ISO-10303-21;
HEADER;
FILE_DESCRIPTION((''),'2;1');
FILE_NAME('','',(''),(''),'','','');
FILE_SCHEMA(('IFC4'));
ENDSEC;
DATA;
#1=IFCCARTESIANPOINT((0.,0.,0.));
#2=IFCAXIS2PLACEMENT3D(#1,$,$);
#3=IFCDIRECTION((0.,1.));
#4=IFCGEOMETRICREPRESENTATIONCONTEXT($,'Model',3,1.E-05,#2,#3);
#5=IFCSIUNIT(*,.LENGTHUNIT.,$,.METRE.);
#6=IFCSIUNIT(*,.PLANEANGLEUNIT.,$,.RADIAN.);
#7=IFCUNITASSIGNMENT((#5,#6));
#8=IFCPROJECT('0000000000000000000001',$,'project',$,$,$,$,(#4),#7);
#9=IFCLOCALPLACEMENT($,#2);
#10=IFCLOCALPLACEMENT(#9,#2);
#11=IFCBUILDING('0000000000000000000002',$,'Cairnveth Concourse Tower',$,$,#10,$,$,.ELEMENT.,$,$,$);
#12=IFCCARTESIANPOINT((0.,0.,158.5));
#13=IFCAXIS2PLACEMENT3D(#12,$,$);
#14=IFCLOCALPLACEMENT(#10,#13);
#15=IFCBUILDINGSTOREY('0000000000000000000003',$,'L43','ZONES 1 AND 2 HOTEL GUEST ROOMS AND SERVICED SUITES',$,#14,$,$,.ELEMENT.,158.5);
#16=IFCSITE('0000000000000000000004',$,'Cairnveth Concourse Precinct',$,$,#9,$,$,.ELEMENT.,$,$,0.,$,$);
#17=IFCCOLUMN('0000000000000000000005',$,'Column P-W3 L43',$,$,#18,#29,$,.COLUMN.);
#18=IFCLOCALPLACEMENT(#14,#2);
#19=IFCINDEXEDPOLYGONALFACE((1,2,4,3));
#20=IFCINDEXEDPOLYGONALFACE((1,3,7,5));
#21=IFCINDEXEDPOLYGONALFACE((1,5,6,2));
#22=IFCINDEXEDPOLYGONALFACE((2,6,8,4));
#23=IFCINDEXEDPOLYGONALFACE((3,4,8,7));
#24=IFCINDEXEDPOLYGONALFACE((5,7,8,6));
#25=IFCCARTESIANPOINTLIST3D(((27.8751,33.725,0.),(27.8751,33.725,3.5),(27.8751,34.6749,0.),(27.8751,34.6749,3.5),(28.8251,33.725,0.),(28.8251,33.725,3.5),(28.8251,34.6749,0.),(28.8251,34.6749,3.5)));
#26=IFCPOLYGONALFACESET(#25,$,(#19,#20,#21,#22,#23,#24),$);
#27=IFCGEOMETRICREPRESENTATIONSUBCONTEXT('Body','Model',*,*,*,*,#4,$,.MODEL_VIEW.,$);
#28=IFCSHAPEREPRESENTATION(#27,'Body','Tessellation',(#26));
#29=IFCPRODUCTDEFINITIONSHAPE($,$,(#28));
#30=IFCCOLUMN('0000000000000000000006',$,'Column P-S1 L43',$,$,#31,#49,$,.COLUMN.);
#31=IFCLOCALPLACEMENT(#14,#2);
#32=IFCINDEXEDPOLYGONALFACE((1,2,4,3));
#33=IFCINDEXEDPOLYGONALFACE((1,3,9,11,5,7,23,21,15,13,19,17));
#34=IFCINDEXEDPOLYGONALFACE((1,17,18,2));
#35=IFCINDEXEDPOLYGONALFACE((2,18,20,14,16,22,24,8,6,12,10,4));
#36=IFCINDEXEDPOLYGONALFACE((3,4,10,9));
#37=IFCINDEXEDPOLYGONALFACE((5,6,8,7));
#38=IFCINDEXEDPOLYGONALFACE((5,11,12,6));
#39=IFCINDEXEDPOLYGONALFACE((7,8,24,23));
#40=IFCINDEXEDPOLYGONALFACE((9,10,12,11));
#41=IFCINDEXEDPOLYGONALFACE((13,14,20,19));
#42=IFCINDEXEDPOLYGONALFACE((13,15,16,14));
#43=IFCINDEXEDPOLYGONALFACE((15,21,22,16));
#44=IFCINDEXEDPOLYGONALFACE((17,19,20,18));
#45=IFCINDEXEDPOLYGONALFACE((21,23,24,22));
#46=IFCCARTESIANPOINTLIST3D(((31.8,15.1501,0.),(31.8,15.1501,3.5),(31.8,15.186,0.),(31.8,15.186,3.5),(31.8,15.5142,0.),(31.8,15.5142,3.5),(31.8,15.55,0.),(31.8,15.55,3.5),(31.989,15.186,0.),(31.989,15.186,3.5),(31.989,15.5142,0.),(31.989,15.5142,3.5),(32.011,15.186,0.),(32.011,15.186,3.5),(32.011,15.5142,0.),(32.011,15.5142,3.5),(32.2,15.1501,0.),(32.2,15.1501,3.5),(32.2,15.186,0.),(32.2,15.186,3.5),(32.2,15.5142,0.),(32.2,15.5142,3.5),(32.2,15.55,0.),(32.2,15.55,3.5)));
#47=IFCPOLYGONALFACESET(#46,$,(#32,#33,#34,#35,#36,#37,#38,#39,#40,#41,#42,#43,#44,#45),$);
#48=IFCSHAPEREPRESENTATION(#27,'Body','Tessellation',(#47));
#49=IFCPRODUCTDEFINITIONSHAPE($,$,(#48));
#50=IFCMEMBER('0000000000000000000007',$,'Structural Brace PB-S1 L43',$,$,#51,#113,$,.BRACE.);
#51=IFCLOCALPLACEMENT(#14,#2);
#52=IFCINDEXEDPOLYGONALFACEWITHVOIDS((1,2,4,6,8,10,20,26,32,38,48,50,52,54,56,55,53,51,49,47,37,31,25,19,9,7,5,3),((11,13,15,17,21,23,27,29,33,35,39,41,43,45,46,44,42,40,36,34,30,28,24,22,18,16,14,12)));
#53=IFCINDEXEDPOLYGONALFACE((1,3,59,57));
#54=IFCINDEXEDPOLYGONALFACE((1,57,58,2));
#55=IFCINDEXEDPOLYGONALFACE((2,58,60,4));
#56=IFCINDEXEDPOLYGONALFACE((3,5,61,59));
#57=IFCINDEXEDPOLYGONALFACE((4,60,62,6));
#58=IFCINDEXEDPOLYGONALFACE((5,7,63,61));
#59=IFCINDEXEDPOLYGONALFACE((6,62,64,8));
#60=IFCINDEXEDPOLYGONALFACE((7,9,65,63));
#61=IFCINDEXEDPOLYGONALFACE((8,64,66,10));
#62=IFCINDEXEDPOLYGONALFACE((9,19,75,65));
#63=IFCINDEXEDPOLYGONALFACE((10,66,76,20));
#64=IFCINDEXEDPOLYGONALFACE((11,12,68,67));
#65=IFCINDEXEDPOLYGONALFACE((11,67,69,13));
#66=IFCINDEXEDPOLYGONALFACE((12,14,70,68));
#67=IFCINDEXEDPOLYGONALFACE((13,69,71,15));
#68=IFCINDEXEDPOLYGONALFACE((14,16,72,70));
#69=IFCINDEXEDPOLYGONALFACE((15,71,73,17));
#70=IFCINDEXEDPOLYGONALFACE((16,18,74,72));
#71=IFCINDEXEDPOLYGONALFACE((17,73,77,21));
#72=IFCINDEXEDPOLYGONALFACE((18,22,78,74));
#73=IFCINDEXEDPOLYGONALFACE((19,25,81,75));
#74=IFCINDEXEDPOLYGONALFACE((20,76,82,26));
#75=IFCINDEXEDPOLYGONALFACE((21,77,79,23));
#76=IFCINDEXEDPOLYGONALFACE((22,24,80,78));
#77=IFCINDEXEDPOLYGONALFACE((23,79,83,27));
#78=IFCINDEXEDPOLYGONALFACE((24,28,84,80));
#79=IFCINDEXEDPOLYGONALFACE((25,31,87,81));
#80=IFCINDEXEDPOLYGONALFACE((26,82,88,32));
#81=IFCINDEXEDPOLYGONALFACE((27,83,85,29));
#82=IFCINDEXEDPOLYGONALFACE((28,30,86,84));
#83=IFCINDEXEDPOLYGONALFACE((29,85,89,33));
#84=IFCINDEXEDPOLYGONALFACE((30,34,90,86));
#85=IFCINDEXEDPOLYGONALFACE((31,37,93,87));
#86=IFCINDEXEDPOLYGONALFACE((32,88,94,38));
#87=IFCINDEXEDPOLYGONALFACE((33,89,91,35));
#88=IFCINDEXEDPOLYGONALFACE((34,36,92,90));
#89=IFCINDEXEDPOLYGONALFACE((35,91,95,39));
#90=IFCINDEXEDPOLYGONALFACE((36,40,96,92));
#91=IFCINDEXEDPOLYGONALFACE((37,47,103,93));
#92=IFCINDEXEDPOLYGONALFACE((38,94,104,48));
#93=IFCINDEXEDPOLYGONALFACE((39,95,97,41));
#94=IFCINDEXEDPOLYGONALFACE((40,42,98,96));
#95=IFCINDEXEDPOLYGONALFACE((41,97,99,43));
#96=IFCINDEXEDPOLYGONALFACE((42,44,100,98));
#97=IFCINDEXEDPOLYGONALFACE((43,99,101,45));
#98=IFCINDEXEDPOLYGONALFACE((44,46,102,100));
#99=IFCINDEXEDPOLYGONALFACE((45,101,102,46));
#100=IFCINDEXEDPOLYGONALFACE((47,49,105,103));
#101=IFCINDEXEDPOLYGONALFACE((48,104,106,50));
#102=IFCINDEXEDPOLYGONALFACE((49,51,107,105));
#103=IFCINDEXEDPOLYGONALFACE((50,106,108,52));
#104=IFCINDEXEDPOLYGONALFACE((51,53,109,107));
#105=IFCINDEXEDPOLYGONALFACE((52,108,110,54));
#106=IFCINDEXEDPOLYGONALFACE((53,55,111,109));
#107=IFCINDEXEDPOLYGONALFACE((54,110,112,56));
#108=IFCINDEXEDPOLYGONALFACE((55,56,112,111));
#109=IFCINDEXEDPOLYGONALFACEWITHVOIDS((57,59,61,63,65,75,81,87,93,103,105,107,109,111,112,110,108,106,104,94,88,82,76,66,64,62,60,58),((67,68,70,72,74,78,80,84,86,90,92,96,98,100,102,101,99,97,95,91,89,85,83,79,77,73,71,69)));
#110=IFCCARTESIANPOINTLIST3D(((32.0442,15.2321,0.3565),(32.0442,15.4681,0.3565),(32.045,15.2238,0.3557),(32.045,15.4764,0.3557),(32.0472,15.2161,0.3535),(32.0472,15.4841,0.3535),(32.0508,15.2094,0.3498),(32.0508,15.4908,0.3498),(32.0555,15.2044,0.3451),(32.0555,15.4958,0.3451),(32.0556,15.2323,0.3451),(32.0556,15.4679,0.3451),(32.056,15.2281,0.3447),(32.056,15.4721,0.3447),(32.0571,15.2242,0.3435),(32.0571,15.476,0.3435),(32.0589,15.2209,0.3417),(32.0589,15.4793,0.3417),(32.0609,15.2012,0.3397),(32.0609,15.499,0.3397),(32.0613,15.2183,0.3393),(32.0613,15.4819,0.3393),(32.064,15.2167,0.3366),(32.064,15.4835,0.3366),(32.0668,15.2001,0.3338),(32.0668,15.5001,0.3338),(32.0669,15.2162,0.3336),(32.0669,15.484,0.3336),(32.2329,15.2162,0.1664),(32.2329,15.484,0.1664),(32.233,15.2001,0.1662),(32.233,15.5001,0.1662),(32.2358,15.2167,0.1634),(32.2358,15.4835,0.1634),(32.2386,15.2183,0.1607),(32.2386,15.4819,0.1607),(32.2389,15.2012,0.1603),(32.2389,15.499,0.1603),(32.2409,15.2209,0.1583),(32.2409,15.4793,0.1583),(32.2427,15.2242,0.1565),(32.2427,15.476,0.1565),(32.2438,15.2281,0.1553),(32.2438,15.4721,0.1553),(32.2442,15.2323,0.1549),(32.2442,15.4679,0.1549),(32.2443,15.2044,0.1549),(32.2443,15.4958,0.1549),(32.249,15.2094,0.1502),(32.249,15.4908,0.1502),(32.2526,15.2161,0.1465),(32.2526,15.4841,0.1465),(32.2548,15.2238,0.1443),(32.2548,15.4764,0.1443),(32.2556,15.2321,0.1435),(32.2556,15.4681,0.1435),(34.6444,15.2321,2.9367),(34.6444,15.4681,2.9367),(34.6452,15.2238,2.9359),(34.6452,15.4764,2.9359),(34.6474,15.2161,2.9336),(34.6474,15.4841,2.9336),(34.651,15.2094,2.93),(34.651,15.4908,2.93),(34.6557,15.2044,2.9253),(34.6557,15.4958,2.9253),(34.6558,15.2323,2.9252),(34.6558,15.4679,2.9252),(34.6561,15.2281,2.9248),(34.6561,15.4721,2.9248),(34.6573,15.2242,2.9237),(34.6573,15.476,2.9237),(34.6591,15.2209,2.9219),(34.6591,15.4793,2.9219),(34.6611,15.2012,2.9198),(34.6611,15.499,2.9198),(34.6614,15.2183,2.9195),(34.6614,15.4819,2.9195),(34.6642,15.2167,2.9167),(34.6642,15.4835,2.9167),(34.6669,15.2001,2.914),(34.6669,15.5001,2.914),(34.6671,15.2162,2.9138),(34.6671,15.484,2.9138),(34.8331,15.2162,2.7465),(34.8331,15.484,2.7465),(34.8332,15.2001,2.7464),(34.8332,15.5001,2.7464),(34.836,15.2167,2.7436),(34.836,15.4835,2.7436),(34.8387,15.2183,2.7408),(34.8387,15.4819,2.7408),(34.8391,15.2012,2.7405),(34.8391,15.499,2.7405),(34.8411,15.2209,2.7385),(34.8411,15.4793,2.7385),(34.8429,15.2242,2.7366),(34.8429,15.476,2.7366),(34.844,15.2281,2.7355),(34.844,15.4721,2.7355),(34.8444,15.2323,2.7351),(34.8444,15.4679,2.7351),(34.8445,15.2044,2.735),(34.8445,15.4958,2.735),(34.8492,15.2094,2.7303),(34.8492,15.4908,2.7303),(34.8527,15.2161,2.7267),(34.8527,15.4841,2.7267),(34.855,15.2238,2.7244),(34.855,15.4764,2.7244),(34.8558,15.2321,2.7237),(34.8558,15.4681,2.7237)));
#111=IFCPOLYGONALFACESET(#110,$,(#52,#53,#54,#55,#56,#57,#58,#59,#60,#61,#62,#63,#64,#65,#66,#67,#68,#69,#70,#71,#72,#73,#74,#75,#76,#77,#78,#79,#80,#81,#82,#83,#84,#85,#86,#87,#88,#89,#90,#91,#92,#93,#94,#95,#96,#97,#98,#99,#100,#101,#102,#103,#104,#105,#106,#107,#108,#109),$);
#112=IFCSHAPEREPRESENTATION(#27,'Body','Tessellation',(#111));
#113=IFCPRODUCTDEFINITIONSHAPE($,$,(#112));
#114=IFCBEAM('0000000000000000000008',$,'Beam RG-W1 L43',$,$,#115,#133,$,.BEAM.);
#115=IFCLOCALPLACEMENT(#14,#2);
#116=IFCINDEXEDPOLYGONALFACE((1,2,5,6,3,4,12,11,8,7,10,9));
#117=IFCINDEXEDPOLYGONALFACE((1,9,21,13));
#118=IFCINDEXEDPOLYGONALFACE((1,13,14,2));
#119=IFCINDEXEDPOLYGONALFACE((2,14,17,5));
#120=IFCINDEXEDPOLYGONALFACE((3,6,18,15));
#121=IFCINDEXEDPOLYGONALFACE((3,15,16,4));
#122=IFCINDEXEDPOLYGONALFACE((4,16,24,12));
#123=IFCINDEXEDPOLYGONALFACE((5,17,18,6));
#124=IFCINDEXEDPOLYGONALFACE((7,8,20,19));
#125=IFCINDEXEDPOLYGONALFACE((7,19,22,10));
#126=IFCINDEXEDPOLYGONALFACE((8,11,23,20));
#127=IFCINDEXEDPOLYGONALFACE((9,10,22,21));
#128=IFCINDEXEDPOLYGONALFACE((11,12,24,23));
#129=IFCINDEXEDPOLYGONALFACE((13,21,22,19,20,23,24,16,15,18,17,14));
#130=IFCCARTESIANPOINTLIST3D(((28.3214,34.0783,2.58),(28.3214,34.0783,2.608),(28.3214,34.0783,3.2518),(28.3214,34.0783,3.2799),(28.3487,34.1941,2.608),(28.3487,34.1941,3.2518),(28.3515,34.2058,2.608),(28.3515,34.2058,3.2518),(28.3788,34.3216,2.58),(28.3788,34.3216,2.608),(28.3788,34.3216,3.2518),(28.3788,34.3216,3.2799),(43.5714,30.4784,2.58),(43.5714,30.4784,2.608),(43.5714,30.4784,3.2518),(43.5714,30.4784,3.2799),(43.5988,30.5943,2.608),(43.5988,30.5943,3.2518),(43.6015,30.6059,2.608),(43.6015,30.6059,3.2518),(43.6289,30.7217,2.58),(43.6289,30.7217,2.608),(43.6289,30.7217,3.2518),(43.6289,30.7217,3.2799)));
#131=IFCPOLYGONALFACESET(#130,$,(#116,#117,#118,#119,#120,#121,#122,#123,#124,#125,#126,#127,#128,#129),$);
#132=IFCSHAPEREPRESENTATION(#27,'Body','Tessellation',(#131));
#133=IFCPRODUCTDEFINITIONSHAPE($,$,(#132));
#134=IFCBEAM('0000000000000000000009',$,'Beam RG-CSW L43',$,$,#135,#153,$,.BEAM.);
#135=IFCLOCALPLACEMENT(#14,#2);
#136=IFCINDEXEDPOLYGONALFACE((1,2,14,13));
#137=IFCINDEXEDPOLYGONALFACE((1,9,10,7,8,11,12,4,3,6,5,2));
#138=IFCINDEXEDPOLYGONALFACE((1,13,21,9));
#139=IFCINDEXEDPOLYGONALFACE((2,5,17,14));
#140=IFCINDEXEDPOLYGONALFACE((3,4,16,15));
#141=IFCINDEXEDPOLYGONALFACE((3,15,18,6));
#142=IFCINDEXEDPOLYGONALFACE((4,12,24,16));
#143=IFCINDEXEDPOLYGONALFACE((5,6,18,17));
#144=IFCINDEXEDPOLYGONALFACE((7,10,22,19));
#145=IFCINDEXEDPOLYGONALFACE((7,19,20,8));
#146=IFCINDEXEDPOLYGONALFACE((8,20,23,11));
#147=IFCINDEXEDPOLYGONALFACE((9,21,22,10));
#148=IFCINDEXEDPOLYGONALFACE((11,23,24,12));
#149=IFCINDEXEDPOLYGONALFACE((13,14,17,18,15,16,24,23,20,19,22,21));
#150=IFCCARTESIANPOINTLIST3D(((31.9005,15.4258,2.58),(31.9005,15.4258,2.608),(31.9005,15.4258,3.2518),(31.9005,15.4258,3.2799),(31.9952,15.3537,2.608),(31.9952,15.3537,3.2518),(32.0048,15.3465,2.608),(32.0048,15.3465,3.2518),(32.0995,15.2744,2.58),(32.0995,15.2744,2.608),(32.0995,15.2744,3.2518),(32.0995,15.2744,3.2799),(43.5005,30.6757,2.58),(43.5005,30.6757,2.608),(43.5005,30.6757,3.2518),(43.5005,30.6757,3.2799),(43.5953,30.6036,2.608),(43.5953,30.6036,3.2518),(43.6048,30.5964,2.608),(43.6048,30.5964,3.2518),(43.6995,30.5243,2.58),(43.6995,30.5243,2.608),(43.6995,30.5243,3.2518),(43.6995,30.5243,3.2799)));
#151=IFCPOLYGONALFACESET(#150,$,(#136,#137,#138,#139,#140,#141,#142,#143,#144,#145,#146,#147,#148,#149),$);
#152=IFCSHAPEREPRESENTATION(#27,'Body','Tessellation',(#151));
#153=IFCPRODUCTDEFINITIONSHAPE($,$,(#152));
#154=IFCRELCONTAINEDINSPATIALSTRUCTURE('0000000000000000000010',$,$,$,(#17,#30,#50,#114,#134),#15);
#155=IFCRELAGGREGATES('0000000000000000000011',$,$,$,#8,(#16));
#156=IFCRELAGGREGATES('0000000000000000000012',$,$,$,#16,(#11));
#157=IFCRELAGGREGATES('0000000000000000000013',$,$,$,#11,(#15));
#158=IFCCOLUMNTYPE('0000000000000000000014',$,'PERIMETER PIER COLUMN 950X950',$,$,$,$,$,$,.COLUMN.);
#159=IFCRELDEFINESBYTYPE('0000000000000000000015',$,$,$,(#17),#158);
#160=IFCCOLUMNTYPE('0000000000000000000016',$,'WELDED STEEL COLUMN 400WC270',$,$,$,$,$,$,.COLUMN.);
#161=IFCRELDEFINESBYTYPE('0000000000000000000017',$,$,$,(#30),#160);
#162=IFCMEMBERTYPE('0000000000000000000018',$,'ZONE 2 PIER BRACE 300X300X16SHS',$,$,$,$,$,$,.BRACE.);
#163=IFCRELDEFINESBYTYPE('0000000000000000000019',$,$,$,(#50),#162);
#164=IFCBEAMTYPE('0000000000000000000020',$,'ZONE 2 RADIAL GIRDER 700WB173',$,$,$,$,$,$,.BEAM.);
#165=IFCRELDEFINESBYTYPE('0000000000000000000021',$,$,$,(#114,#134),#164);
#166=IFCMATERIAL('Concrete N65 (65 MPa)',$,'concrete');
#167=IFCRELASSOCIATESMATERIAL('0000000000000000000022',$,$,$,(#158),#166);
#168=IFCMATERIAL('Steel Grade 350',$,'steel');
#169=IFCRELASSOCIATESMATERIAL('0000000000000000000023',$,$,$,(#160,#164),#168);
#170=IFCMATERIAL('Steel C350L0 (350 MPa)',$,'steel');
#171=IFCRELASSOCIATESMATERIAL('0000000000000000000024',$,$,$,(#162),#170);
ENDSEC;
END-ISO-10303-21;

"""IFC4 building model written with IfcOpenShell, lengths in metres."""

from ifc_helpers import new_model, si_unit, direction, frame, origin, origin_2d, place, context, subcontext, project, spatial, rectangle, hollow_rectangle, i_section, extrude, material, material_profile, profile_set, type_object, element, save


model = new_model("IFC4")

# Units and contexts
model_context = context("Model", 3, precision=1e-05, world=origin(), true_north=direction((0.0, 1.0)))
body_context = subcontext(model_context, "Body", "Model", "MODEL_VIEW")
ifc_project = project(units=[si_unit("LENGTHUNIT", "METRE"), si_unit("PLANEANGLEUNIT", "RADIAN")], contexts=[model_context])

# Site, building, storey
site_placement = place(None, origin())
site = spatial("IfcSite", under=ifc_project, at=site_placement, Name="Cairnveth Concourse Precinct", CompositionType="ELEMENT", RefElevation=0.0)
building_placement = place(site_placement, origin())
building = spatial("IfcBuilding", under=site, at=building_placement, Name="Cairnveth Concourse Tower", CompositionType="ELEMENT")
storey_placement = place(building_placement, frame((0.0, 0.0, 158.5)))
storey = spatial("IfcBuildingStorey", under=building, at=storey_placement, Name="L43", Description="ZONES 1 AND 2 HOTEL GUEST ROOMS AND SERVICED SUITES", CompositionType="ELEMENT", Elevation=158.5)

# Columns
ifc_material_1 = material(Name="Concrete N65 (65 MPa)", Category="concrete")
ifc_material_profile_1 = material_profile(ifc_material_1, rectangle(XDim=0.95, YDim=0.95, at=origin_2d()), Name="RC-COL-950x950")
ifc_profile_set_1 = profile_set([ifc_material_profile_1], Name="Concrete N65 (65 MPa)")
column_type_1 = type_object("IfcColumnType", Name="PERIMETER PIER COLUMN 950X950", PredefinedType="COLUMN", material=ifc_profile_set_1)
column_1_placement = place(storey_placement, frame((28.3501, 34.2, 0.0), z_axis=(0.0, 0.0, 1.0), x_axis=(0.0, 1.0, 0.0)))
element("IfcColumn", 1, at=column_1_placement, inside=storey, type_object=column_type_1, Name="Column P-W3 L43", PredefinedType="COLUMN", context=body_context, shape_type="SweptSolid", body=[
    extrude(rectangle(XDim=0.95, YDim=0.95, at=origin_2d()), origin(), (0.0, 0.0, 1.0), 3.5),
])
ifc_material_2 = material(Name="Steel Grade 350", Category="steel")
ifc_material_profile_2 = material_profile(ifc_material_2, i_section(OverallWidth=0.3999, OverallDepth=0.3999, WebThickness=0.022, FlangeThickness=0.0359, at=origin_2d()), Name="400WC270")
ifc_profile_set_2 = profile_set([ifc_material_profile_2], Name="Steel Grade 350")
column_type_2 = type_object("IfcColumnType", Name="WELDED STEEL COLUMN 400WC270", PredefinedType="COLUMN", material=ifc_profile_set_2)
column_2_placement = place(storey_placement, frame((32.0, 15.3501, 0.0), z_axis=(0.0, 0.0, 1.0), x_axis=(1.0, 0.0, 0.0)))
element("IfcColumn", 2, at=column_2_placement, inside=storey, type_object=column_type_2, Name="Column P-S1 L43", PredefinedType="COLUMN", context=body_context, shape_type="SweptSolid", body=[
    extrude(i_section(OverallWidth=0.3999, OverallDepth=0.3999, WebThickness=0.022, FlangeThickness=0.0359, at=origin_2d()), origin(), (0.0, 0.0, 1.0), 3.5),
])

# Member
ifc_material_3 = material(Name="Steel C350L0 (350 MPa)", Category="steel")
ifc_material_profile_3 = material_profile(ifc_material_3, hollow_rectangle(XDim=0.3, YDim=0.3, WallThickness=0.0161, InnerFilletRadius=0.0161, OuterFilletRadius=0.032, at=origin_2d()), Name="300x300x16.0SHS")
ifc_profile_set_3 = profile_set([ifc_material_profile_3], Name="Steel C350L0 (350 MPa)")
member_type = type_object("IfcMemberType", Name="ZONE 2 PIER BRACE 300X300X16SHS", PredefinedType="BRACE", material=ifc_profile_set_3)
member_placement = place(storey_placement, frame((32.1499, 15.3501, 0.25), z_axis=(0.709834, 0.0, 0.704369), x_axis=(0.0, 1.0, 0.0)))
element("IfcMember", 3, at=member_placement, inside=storey, type_object=member_type, Name="Structural Brace PB-S1 L43", PredefinedType="BRACE", context=body_context, shape_type="SweptSolid", body=[
    extrude(hollow_rectangle(XDim=0.3, YDim=0.3, WallThickness=0.0161, InnerFilletRadius=0.0161, OuterFilletRadius=0.032, at=origin_2d()), origin(), (0.0, 0.0, 1.0), 3.6631),
])

# Beams
ifc_material_profile_4 = material_profile(ifc_material_2, i_section(OverallWidth=0.25, OverallDepth=0.7, WebThickness=0.012, FlangeThickness=0.0281, at=origin_2d()), Name="700WB173")
ifc_profile_set_4 = profile_set([ifc_material_profile_4], Name="Steel Grade 350")
beam_type_1 = type_object("IfcBeamType", Name="ZONE 2 RADIAL GIRDER 700WB173", PredefinedType="BEAM", material=ifc_profile_set_4)
beam_1_placement = place(storey_placement, frame((28.3501, 34.2, 2.9299), z_axis=(0.973252, -0.229742, 0.0), x_axis=(0.229742, 0.973252, 0.0)))
element("IfcBeam", 4, at=beam_1_placement, inside=storey, type_object=beam_type_1, Name="Beam RG-W1 L43", PredefinedType="BEAM", context=body_context, shape_type="SweptSolid", body=[
    extrude(i_section(OverallWidth=0.25, OverallDepth=0.7, WebThickness=0.012, FlangeThickness=0.0281, at=origin_2d()), origin(), (0.0, 0.0, 1.0), 15.6692),
])
beam_2_placement = place(storey_placement, frame((32.0, 15.3501, 2.9299), z_axis=(0.605417, 0.795908, 0.0), x_axis=(-0.795908, 0.605417, 0.0)))
element("IfcBeam", 5, at=beam_2_placement, inside=storey, type_object=beam_type_1, Name="Beam RG-CSW L43", PredefinedType="BEAM", context=body_context, shape_type="SweptSolid", body=[
    extrude(i_section(OverallWidth=0.25, OverallDepth=0.7, WebThickness=0.012, FlangeThickness=0.0281, at=origin_2d()), origin(), (0.0, 0.0, 1.0), 19.1604),
])

save(model, "model.ifc")
